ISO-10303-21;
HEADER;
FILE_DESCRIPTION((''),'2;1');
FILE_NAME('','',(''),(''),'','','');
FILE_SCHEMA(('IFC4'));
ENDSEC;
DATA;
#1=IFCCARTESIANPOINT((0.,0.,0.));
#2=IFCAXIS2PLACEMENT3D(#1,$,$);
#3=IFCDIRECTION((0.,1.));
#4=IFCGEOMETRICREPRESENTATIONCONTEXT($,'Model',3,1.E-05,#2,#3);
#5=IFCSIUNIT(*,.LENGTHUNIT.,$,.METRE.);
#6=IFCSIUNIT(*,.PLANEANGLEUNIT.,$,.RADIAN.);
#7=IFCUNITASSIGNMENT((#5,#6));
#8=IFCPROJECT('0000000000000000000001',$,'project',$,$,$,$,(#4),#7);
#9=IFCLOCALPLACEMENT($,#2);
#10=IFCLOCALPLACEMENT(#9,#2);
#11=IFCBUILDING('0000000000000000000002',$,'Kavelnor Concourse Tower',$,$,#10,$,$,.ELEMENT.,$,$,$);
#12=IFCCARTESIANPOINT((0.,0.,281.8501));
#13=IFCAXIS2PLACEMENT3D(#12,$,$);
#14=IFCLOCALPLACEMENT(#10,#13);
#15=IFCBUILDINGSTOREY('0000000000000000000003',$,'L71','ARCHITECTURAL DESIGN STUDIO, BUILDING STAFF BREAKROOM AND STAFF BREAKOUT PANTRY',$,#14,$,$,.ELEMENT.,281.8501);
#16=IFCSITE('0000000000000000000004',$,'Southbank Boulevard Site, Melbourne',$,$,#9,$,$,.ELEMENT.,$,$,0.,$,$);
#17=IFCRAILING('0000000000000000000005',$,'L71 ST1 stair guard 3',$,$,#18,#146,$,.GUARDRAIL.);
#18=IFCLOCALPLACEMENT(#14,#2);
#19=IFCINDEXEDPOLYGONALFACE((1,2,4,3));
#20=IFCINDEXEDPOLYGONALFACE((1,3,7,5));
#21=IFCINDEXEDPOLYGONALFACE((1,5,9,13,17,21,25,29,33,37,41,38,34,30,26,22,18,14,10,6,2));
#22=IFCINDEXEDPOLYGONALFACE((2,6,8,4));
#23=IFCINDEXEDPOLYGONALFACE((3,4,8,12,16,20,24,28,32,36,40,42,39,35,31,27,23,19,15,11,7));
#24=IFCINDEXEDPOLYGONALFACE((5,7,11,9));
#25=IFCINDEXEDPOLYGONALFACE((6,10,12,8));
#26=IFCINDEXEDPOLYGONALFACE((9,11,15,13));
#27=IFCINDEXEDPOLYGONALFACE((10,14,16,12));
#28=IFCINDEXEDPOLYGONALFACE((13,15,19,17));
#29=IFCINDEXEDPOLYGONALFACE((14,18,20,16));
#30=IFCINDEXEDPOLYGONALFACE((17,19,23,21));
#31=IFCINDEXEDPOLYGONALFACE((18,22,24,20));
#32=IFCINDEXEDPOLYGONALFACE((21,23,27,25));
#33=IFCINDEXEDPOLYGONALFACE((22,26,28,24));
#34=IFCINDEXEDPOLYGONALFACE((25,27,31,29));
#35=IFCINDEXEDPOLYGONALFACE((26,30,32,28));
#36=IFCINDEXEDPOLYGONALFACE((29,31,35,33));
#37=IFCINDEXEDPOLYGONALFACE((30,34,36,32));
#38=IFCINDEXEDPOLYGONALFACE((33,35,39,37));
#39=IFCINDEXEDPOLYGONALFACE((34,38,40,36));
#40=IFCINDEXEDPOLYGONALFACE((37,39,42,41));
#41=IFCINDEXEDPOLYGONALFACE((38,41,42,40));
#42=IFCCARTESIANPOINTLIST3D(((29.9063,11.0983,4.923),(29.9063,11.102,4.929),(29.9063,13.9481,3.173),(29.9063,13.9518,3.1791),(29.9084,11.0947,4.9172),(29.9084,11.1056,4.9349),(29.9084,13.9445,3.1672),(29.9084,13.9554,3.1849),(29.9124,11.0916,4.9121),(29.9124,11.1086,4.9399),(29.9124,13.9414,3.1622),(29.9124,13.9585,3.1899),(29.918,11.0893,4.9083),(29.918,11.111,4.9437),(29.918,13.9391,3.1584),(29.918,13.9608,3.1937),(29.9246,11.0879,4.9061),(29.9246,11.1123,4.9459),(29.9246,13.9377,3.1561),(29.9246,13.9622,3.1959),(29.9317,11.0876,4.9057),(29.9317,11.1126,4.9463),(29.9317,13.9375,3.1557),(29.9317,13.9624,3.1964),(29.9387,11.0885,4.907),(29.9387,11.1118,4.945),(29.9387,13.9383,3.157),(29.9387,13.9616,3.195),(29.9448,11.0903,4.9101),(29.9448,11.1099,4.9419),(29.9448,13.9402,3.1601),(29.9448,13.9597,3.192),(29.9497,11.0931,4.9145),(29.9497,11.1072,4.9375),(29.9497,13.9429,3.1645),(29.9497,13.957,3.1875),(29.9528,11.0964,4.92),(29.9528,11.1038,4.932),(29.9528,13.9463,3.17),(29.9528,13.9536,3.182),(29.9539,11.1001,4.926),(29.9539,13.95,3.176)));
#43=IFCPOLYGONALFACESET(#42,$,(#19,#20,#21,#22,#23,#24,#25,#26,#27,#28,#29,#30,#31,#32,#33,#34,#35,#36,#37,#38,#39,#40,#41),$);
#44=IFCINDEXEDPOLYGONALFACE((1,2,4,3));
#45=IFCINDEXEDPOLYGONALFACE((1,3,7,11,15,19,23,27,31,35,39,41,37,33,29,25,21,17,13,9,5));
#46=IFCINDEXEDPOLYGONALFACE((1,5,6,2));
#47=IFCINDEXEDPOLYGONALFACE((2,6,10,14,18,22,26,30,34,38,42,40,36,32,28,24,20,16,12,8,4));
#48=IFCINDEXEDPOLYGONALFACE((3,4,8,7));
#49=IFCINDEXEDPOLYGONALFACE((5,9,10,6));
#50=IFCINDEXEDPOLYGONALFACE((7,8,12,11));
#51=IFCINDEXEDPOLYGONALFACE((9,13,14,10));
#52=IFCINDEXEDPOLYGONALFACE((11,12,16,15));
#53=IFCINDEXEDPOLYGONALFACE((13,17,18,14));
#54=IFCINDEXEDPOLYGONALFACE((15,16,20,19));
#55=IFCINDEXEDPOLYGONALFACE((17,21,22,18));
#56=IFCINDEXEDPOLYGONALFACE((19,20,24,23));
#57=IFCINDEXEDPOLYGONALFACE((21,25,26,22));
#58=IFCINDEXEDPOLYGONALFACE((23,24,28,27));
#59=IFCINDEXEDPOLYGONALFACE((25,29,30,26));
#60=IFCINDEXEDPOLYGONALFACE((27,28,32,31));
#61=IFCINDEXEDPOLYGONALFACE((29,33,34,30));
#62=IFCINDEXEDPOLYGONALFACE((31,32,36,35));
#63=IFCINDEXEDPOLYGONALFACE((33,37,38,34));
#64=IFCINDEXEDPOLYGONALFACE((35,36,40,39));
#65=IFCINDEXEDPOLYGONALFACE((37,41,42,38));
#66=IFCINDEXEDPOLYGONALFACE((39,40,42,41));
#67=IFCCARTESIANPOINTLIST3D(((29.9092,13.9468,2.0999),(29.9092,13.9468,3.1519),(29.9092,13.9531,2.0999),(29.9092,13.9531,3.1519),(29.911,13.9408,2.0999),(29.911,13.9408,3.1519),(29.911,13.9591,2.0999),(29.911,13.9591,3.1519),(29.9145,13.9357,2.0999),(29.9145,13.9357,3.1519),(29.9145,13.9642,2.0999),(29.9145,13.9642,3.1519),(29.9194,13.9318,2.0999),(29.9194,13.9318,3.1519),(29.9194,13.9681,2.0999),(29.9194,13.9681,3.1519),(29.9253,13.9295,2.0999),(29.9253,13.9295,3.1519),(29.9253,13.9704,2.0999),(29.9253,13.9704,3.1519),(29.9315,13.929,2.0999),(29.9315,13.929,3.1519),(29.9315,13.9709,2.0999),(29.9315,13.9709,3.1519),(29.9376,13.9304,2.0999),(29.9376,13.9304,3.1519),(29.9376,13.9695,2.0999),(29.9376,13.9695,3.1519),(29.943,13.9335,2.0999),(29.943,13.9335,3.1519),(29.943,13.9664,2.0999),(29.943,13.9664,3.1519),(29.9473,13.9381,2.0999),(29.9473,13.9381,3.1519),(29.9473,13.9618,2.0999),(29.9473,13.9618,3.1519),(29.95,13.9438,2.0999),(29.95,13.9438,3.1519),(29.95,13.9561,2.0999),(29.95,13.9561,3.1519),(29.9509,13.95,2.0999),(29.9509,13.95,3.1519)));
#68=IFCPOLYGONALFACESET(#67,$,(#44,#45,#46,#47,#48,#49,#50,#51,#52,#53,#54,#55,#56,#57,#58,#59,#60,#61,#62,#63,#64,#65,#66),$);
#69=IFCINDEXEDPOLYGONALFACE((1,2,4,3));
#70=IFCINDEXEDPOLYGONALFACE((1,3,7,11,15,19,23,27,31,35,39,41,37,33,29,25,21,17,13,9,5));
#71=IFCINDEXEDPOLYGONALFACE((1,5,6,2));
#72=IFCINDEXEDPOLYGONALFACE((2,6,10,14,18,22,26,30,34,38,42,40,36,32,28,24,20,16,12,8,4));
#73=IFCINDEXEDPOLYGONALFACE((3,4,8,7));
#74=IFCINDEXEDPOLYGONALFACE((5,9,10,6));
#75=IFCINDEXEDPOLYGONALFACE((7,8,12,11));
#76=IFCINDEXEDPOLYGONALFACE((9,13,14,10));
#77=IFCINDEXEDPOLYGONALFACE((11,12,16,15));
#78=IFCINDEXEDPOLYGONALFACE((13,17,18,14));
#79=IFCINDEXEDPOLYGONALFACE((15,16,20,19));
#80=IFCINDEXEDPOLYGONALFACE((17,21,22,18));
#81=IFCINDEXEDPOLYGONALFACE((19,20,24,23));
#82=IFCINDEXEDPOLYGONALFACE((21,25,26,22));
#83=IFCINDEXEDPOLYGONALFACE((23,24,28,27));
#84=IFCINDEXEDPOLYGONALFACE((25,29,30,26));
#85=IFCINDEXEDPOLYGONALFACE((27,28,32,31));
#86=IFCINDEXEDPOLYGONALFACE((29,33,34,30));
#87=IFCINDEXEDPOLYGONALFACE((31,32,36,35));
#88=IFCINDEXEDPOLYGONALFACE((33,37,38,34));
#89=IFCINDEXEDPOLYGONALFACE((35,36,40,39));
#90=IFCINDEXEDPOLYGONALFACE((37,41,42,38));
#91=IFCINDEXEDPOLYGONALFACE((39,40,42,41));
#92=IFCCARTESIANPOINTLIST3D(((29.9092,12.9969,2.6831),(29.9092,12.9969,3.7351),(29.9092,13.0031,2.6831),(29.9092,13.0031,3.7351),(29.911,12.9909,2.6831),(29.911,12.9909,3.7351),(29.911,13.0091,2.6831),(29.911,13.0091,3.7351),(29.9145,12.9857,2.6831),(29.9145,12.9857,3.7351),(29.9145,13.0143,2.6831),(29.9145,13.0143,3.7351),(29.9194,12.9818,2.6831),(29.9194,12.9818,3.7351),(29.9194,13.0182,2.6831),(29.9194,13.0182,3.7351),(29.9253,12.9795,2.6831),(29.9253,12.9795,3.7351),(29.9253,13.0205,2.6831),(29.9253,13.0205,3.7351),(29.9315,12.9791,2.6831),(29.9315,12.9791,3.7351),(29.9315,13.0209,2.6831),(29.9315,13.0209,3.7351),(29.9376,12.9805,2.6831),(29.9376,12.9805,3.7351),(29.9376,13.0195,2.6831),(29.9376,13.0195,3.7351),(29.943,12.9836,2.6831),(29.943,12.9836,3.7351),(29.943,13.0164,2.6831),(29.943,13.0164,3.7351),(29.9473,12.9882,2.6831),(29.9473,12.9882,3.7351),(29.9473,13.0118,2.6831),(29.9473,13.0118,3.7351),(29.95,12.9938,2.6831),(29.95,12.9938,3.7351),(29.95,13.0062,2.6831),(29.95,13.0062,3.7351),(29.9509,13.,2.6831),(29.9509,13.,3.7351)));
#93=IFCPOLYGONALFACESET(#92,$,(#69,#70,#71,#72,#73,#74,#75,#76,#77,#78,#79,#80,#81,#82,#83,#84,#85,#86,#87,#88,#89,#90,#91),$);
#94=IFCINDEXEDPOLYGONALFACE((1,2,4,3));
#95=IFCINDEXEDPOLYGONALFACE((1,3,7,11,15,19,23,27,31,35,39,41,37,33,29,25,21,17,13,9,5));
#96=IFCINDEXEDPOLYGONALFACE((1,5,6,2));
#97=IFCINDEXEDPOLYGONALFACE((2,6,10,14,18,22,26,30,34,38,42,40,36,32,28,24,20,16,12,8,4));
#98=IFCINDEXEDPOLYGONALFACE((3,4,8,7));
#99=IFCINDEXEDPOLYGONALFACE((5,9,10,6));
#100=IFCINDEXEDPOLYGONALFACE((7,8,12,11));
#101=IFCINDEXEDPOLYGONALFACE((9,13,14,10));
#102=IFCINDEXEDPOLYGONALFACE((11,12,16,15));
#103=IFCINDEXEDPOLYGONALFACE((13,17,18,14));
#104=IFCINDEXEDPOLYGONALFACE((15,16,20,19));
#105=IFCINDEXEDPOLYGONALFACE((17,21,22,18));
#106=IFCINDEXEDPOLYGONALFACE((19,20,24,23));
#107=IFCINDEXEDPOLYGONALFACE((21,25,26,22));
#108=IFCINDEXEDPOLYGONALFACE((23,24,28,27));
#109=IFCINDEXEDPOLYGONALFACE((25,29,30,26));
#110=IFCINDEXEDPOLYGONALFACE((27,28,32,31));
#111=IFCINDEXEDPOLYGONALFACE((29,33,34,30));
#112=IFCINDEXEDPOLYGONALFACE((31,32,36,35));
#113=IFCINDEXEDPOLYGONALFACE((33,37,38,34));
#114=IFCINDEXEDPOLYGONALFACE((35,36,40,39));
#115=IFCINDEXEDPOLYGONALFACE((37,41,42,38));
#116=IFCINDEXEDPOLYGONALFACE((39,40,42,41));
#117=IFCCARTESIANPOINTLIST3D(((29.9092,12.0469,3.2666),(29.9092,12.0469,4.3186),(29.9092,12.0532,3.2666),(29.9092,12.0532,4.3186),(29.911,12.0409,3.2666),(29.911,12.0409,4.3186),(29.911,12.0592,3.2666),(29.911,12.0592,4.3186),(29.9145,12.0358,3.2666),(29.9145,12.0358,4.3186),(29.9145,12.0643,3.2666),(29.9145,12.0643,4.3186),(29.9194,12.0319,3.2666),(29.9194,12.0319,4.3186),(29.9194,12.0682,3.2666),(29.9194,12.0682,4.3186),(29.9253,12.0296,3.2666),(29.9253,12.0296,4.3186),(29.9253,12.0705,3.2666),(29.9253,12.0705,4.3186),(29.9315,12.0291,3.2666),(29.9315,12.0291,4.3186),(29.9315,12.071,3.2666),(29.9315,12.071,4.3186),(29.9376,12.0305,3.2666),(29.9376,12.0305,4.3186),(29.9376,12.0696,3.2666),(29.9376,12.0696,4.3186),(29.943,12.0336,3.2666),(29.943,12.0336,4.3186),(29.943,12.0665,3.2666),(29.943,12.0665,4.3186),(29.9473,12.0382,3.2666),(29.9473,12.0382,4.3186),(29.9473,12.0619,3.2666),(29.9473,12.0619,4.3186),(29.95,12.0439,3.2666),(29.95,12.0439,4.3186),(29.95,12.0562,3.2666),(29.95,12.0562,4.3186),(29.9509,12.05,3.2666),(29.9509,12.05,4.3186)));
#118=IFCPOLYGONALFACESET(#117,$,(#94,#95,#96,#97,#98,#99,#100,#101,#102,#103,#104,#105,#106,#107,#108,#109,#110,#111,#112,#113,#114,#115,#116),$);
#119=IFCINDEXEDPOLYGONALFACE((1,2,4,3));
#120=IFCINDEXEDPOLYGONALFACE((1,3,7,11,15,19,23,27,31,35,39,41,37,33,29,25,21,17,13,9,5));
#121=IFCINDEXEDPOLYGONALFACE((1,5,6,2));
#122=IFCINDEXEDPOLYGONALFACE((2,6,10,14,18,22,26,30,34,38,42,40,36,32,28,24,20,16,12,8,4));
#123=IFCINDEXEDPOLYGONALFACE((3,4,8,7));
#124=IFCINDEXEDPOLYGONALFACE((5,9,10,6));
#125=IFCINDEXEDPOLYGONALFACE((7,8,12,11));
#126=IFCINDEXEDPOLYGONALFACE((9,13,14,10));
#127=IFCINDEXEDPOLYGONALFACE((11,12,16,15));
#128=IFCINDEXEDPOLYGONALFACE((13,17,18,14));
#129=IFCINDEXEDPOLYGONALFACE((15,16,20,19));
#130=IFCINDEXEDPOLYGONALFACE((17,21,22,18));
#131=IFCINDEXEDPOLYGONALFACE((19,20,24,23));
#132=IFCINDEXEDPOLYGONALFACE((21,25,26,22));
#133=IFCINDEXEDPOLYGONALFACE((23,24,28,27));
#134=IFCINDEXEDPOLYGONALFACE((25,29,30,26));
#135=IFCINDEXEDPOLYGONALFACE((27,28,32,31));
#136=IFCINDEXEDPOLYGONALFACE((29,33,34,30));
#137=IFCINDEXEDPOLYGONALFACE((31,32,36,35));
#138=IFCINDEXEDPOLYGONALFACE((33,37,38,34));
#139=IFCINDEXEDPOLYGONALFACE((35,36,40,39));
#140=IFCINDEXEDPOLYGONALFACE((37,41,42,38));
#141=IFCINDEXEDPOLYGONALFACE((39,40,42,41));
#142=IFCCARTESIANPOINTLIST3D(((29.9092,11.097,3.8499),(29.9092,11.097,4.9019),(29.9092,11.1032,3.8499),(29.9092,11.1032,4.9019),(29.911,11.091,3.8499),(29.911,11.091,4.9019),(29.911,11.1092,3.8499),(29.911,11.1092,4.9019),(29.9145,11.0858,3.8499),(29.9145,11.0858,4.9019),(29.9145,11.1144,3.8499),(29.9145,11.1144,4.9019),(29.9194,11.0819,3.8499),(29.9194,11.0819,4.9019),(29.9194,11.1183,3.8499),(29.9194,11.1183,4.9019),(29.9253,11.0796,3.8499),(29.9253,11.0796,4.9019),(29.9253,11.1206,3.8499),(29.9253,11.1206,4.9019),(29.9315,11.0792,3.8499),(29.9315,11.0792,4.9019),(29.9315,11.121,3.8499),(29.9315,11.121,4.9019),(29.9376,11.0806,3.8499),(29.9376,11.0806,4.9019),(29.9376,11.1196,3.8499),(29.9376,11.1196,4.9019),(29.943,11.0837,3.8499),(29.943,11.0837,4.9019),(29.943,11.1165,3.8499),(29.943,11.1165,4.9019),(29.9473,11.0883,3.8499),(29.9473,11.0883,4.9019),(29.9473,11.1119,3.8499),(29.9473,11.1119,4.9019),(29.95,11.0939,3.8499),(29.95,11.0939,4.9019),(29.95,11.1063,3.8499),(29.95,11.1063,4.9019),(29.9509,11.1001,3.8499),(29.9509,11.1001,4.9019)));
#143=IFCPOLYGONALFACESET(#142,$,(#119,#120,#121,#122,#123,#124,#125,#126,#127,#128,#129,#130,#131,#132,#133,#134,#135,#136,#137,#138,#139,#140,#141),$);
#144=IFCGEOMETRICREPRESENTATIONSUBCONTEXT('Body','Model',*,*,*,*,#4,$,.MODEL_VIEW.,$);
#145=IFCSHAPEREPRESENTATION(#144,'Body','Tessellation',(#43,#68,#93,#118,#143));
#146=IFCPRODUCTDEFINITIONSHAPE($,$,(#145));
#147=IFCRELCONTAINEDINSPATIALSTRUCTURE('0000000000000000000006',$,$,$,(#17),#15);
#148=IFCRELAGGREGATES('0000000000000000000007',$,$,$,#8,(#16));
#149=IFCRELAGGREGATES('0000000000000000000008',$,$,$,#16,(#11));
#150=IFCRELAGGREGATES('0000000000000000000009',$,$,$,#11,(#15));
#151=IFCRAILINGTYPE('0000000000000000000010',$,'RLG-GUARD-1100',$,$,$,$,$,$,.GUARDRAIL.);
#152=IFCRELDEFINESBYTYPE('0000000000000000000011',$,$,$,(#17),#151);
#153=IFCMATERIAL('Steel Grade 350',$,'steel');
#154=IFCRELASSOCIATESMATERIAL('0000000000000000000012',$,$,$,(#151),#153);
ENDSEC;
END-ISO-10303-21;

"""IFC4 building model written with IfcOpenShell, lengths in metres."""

from ifc_helpers import new_model, si_unit, direction, frame, origin, origin_2d, place, context, subcontext, project, spatial, circle, extrude, material, type_object, element, save


model = new_model("IFC4")

# Units and contexts
model_context = context("Model", 3, precision=1e-05, world=origin(), true_north=direction((0.0, 1.0)))
body_context = subcontext(model_context, "Body", "Model", "MODEL_VIEW")
ifc_project = project(units=[si_unit("LENGTHUNIT", "METRE"), si_unit("PLANEANGLEUNIT", "RADIAN")], contexts=[model_context])

# Site, building, storey
site_placement = place(None, origin())
site = spatial("IfcSite", under=ifc_project, at=site_placement, Name="Southbank Boulevard Site, Melbourne", CompositionType="ELEMENT", RefElevation=0.0)
building_placement = place(site_placement, origin())
building = spatial("IfcBuilding", under=site, at=building_placement, Name="Kavelnor Concourse Tower", CompositionType="ELEMENT")
storey_placement = place(building_placement, frame((0.0, 0.0, 281.8501)))
storey = spatial("IfcBuildingStorey", under=building, at=storey_placement, Name="L71", Description="ARCHITECTURAL DESIGN STUDIO, BUILDING STAFF BREAKROOM AND STAFF BREAKOUT PANTRY", CompositionType="ELEMENT", Elevation=281.8501)

# Shared definitions
ifc_material_1 = material(Name="Steel Grade 350", Category="steel")

# Railing
railing_type_1 = type_object("IfcRailingType", Name="RLG-GUARD-1100", PredefinedType="GUARDRAIL", material=ifc_material_1)
railing_1_placement = place(storey_placement, frame((29.9299, 13.95, 2.0999)))
element("IfcRailing", 1, at=railing_1_placement, inside=storey, type_object=railing_type_1, Name="L71 ST1 stair guard 3", PredefinedType="GUARDRAIL", context=body_context, shape_type="SweptSolid", body=[
    extrude(circle(Radius=0.0239, at=origin_2d()), frame((0.0, 0.0, 1.0762), z_axis=(0.0, -0.852159, 0.523283), x_axis=(1.0, 0.0, 0.0)), (0.0, 0.0, 1.0), 3.3442),
    extrude(circle(Radius=0.021, at=origin_2d()), origin(), (0.0, 0.0, 1.0), 1.052),
    extrude(circle(Radius=0.021, at=origin_2d()), frame((0.0, -0.95, 0.5833)), (0.0, 0.0, 1.0), 1.052),
    extrude(circle(Radius=0.021, at=origin_2d()), frame((0.0, -1.8999, 1.1667)), (0.0, 0.0, 1.0), 1.052),
    extrude(circle(Radius=0.021, at=origin_2d()), frame((0.0, -2.8499, 1.75)), (0.0, 0.0, 1.0), 1.052),
])

save(model, "model.ifc")
